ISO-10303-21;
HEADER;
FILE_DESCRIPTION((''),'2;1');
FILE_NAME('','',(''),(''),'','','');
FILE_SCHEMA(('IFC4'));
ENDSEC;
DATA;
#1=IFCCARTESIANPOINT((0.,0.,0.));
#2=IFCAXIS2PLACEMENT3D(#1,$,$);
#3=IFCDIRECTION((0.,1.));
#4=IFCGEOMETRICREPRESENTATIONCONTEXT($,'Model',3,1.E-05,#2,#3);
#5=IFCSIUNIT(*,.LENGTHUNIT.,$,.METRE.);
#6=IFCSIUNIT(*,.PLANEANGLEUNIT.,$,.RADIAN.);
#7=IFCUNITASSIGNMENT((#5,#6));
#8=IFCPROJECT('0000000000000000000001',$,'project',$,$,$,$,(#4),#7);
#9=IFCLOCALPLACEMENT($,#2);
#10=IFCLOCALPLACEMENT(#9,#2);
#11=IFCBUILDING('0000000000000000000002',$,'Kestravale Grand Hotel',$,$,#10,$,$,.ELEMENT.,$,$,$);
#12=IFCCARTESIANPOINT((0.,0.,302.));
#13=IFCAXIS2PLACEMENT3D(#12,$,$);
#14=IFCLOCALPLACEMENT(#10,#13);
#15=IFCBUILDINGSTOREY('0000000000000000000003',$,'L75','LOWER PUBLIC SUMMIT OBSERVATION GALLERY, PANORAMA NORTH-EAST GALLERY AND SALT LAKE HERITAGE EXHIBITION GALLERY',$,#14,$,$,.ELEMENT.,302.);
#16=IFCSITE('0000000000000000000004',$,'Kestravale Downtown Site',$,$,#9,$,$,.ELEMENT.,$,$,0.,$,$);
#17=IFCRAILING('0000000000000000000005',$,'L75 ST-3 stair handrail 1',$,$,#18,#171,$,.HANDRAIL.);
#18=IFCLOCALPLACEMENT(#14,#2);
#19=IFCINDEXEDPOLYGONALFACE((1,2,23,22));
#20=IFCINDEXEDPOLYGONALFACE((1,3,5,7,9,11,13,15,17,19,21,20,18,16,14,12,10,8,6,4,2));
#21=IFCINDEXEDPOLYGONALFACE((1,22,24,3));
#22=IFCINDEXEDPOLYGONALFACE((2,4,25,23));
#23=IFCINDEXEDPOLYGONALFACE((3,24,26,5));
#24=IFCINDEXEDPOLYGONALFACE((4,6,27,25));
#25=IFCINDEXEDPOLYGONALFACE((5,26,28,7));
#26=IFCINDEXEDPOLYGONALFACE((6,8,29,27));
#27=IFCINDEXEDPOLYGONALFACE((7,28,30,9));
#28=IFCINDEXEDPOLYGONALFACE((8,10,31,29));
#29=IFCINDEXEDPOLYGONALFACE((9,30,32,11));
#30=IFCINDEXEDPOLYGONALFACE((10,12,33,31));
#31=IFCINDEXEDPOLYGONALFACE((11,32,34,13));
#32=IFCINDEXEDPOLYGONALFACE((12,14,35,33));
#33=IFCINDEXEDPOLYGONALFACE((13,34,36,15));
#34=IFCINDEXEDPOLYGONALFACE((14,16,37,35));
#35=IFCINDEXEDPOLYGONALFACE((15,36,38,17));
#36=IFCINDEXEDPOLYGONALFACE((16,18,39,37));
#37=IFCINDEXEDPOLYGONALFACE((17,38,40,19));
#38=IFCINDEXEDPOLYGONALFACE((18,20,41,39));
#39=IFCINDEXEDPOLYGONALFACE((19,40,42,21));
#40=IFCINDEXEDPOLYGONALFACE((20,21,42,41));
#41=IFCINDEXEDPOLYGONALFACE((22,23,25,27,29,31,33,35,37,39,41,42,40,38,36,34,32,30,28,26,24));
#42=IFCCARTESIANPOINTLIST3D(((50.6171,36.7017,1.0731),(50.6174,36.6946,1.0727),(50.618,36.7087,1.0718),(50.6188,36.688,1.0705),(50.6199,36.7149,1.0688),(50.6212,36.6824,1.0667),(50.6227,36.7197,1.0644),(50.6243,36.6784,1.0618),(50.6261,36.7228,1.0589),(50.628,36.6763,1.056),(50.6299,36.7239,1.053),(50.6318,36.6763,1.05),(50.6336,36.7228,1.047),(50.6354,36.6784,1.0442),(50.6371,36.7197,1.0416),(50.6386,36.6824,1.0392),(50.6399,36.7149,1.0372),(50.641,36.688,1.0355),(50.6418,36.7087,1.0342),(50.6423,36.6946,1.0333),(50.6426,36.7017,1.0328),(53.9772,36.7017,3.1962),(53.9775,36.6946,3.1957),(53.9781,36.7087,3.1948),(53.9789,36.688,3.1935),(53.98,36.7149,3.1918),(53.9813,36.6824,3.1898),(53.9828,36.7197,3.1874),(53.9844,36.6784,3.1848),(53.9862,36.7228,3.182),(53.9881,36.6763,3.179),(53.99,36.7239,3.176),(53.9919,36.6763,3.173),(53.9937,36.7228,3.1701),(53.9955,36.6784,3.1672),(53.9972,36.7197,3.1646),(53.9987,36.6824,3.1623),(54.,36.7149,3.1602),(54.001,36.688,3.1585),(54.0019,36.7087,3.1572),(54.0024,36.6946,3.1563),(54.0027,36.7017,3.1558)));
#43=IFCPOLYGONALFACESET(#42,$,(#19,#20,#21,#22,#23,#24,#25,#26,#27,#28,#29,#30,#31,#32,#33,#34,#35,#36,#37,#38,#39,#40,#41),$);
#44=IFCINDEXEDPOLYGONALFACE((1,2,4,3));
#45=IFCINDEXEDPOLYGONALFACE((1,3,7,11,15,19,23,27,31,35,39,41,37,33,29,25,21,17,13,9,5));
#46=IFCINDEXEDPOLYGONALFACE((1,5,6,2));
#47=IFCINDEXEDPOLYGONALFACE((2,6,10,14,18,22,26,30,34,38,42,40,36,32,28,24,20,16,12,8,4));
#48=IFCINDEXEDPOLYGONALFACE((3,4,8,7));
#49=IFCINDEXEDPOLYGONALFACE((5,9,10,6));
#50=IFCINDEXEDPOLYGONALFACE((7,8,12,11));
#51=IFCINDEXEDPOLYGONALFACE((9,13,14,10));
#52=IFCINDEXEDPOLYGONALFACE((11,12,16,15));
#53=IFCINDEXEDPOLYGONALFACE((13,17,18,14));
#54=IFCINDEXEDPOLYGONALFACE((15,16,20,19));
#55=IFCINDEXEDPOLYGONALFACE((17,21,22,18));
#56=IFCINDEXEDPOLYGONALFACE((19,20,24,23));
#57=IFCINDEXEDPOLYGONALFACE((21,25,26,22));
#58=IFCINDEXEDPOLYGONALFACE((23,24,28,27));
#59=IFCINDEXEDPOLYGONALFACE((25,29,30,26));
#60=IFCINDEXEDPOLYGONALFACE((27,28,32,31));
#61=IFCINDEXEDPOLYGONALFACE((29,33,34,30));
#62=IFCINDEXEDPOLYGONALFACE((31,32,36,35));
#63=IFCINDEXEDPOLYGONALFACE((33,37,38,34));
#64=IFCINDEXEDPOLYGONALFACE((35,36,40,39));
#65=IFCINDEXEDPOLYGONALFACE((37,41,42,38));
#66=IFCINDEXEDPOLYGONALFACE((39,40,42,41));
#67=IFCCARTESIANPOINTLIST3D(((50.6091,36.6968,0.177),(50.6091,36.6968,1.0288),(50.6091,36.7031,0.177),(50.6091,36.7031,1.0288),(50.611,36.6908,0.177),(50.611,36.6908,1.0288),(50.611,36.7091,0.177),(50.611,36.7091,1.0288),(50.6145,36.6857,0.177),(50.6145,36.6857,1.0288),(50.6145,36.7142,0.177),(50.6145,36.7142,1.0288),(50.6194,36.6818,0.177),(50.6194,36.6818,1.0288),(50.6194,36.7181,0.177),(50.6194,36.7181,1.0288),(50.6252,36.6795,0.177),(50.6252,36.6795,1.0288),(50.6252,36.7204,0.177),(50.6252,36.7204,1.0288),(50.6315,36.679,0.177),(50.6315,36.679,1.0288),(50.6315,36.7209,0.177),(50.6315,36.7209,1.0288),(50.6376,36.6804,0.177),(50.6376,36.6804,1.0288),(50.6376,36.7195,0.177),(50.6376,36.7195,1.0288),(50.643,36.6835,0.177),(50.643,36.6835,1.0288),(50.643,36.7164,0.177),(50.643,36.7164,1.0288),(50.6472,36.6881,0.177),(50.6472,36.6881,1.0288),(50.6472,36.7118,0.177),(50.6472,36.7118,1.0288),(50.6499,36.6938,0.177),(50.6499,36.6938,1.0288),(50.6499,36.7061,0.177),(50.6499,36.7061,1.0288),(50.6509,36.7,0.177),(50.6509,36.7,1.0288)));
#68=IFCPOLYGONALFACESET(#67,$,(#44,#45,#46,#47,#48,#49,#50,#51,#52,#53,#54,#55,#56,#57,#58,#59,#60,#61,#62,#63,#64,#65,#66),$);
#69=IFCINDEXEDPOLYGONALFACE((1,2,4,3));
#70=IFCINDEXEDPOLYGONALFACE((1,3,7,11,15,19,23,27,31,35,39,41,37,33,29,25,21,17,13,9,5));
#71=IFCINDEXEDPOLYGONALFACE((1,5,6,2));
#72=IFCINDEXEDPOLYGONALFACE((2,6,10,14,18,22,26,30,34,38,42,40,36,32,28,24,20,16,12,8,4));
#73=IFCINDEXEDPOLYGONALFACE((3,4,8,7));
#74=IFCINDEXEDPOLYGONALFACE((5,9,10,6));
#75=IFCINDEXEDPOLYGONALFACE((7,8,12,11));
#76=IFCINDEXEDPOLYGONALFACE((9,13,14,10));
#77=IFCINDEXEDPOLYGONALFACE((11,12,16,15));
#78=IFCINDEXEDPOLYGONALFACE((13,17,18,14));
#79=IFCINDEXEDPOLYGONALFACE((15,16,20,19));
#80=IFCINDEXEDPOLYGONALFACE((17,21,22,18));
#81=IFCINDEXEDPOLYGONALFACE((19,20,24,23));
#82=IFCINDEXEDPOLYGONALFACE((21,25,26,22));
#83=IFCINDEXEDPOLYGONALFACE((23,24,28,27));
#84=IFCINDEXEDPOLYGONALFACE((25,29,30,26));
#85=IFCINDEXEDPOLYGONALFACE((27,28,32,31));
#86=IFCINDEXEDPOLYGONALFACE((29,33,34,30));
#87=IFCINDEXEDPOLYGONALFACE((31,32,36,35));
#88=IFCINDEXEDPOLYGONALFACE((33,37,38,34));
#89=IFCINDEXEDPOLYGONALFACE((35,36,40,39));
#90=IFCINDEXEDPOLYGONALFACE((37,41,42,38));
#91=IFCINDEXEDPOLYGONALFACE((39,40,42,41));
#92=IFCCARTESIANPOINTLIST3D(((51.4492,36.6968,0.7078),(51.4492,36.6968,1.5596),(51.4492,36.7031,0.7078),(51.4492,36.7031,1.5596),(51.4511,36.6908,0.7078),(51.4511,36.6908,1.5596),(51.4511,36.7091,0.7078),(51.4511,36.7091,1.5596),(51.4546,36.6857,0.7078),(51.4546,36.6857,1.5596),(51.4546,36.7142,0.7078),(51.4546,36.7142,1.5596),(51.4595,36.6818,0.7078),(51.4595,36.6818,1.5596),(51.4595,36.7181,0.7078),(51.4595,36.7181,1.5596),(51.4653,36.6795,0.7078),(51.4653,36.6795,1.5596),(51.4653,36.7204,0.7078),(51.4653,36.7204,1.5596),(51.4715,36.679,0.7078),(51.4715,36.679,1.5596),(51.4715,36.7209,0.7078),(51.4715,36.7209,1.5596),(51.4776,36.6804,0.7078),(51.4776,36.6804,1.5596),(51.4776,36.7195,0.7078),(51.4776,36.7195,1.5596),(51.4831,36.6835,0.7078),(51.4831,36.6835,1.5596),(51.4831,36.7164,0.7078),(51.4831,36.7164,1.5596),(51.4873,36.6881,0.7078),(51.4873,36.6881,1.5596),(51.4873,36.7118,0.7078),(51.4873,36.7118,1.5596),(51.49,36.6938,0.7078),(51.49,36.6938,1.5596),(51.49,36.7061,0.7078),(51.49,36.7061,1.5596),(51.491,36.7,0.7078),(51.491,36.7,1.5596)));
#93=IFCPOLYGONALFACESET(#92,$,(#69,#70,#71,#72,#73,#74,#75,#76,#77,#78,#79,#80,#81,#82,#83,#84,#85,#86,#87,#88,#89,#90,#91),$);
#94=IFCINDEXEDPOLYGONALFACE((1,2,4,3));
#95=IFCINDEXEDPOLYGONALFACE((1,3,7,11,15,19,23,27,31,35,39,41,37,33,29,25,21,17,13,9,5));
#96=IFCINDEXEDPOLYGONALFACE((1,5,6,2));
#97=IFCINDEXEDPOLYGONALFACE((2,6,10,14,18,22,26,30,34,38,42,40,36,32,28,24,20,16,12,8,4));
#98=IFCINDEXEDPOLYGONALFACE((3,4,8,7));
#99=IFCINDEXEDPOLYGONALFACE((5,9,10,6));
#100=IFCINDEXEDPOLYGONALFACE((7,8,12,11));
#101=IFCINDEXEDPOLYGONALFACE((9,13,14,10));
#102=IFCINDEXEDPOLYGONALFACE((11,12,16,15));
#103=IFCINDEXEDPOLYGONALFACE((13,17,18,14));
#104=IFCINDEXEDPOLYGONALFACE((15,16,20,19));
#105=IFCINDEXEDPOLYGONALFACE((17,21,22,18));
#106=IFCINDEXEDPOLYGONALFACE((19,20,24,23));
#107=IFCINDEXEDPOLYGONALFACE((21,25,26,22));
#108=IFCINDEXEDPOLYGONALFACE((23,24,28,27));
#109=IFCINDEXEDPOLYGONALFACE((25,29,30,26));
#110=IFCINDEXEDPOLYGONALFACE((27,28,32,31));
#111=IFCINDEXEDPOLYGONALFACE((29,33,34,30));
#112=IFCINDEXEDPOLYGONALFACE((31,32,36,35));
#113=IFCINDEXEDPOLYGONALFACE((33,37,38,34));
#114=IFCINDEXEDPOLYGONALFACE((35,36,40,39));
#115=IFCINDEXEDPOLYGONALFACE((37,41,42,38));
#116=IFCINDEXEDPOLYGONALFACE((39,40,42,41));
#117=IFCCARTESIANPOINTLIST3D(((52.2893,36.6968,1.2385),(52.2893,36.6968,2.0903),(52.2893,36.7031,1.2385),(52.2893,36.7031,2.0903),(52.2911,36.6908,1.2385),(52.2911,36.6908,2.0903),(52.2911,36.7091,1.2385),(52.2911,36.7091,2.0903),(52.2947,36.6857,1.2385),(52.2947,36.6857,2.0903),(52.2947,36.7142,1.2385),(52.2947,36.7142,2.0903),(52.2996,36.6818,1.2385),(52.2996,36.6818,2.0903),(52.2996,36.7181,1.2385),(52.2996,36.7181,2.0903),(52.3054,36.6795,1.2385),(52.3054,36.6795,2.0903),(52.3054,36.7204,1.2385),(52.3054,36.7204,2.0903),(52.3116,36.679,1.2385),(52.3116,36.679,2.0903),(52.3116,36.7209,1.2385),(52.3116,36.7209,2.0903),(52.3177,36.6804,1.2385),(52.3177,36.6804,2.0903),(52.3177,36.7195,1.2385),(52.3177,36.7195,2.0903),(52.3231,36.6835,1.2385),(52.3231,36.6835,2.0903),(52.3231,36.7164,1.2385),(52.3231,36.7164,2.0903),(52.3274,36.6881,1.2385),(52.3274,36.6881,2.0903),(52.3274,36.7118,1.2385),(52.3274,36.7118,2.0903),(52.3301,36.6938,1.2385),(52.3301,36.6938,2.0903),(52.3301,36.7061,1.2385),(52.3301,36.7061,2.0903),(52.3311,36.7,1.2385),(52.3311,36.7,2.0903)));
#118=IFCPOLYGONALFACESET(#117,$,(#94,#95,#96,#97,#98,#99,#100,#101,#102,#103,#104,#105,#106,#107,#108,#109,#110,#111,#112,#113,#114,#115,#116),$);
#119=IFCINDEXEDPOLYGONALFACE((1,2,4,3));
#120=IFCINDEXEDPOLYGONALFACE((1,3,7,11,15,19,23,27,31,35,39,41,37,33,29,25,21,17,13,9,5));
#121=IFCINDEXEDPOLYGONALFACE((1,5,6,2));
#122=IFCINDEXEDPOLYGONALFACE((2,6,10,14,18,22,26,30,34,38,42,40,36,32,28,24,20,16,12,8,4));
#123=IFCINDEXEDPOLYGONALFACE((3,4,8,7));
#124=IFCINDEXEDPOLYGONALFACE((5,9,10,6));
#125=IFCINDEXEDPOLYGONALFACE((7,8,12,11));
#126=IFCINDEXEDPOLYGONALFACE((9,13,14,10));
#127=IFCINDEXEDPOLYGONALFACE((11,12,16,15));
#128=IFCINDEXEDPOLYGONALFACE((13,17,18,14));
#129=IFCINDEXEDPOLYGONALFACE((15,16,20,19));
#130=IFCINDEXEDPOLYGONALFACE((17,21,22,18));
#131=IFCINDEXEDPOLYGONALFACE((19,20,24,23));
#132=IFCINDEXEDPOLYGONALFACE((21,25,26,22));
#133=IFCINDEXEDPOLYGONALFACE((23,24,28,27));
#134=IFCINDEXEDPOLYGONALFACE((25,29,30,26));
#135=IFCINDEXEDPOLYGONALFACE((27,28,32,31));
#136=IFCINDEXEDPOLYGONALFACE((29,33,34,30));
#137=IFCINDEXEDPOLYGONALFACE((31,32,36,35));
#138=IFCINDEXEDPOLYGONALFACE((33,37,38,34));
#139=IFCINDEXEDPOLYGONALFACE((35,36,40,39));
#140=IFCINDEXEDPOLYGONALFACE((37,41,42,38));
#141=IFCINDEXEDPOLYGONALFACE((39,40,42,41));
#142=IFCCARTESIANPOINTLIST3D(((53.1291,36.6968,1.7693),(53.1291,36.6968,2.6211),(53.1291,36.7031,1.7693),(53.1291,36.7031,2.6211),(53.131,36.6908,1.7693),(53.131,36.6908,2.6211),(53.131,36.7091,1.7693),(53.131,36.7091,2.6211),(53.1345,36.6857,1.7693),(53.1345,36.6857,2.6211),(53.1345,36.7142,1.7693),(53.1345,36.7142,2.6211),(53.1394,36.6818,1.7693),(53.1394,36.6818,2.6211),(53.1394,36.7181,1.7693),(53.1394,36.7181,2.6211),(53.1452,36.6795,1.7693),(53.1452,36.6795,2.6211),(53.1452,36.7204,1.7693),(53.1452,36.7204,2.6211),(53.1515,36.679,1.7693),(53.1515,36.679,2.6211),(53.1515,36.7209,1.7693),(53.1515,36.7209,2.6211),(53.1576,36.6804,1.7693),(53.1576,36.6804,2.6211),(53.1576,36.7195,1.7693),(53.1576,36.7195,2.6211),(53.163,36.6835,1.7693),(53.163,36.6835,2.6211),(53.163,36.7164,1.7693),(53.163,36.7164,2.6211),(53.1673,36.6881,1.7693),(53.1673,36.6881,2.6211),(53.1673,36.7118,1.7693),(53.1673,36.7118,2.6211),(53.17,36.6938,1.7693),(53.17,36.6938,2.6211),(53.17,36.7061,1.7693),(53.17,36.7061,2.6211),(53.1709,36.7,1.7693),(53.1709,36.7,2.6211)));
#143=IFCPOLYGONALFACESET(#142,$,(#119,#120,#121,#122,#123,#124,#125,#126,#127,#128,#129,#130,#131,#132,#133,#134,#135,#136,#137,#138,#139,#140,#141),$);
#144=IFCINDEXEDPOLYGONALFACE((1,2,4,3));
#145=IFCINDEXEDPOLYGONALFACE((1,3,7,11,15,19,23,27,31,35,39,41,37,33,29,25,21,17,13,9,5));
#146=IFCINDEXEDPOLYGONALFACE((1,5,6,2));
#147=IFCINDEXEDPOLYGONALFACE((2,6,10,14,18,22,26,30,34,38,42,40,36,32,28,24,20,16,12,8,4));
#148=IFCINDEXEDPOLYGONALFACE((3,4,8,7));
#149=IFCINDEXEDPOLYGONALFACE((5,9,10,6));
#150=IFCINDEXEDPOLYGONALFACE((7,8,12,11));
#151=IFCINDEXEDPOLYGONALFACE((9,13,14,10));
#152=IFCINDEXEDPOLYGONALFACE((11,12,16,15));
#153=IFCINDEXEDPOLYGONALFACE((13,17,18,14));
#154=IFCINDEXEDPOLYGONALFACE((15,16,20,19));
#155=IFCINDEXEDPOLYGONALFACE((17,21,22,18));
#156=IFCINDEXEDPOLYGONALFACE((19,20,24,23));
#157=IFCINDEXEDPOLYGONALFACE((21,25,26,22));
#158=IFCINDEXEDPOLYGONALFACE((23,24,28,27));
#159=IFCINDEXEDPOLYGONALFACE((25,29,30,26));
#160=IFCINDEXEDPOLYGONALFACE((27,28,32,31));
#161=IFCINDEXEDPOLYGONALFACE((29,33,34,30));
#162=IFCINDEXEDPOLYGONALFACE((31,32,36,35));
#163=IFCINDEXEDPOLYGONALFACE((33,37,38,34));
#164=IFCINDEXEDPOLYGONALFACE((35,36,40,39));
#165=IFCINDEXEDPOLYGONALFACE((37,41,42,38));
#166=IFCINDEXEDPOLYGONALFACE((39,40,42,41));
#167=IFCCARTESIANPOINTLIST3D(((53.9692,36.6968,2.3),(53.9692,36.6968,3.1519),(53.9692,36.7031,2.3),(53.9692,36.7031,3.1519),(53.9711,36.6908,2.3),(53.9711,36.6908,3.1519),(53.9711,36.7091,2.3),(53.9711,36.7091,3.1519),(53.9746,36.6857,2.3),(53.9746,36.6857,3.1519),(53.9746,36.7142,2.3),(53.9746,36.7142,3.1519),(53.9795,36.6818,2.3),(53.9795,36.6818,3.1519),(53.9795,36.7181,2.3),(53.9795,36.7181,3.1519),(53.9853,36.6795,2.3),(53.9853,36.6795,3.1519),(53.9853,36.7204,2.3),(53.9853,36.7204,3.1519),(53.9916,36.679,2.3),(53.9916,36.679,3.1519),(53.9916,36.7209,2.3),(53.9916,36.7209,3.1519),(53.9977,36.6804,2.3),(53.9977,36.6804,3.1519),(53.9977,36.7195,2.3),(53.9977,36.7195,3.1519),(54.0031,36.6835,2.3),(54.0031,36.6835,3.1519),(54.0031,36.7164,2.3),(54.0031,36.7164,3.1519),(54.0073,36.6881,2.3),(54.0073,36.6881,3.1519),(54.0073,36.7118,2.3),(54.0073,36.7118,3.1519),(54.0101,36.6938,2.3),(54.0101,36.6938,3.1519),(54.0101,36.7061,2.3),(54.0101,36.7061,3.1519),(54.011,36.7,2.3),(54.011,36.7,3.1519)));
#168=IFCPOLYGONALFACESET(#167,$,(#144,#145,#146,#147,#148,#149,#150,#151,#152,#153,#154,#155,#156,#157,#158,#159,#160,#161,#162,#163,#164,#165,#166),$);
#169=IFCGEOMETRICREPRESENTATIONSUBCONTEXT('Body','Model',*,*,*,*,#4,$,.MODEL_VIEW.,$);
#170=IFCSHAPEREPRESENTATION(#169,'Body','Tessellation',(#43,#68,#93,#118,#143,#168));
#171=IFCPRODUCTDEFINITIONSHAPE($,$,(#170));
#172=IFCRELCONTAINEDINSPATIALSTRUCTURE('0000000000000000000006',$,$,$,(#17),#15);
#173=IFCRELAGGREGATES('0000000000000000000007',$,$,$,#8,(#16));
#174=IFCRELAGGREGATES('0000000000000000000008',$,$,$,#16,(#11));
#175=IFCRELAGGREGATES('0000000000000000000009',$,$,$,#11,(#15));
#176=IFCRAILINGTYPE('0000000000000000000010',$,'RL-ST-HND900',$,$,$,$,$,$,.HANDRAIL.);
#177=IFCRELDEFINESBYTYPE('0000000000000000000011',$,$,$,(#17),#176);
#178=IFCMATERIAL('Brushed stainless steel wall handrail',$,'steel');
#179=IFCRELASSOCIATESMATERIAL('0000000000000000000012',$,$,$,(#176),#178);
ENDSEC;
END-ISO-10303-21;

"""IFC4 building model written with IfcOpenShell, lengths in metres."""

from ifc_helpers import new_model, si_unit, direction, frame, origin, origin_2d, place, context, subcontext, project, spatial, circle, extrude, material, type_object, element, save


model = new_model("IFC4")

# Units and contexts
model_context = context("Model", 3, precision=1e-05, world=origin(), true_north=direction((0.0, 1.0)))
body_context = subcontext(model_context, "Body", "Model", "MODEL_VIEW")
ifc_project = project(units=[si_unit("LENGTHUNIT", "METRE"), si_unit("PLANEANGLEUNIT", "RADIAN")], contexts=[model_context])

# Site, building, storey
site_placement = place(None, origin())
site = spatial("IfcSite", under=ifc_project, at=site_placement, Name="Kestravale Downtown Site", CompositionType="ELEMENT", RefElevation=0.0)
building_placement = place(site_placement, origin())
building = spatial("IfcBuilding", under=site, at=building_placement, Name="Kestravale Grand Hotel", CompositionType="ELEMENT")
storey_placement = place(building_placement, frame((0.0, 0.0, 302.0)))
storey = spatial("IfcBuildingStorey", under=building, at=storey_placement, Name="L75", Description="LOWER PUBLIC SUMMIT OBSERVATION GALLERY, PANORAMA NORTH-EAST GALLERY AND SALT LAKE HERITAGE EXHIBITION GALLERY", CompositionType="ELEMENT", Elevation=302.0)

# Railing
ifc_material_1 = material(Name="Brushed stainless steel wall handrail", Category="steel")
railing_type_1 = type_object("IfcRailingType", Name="RL-ST-HND900", PredefinedType="HANDRAIL", material=ifc_material_1)
railing_1_placement = place(storey_placement, frame((50.6299, 36.7, 0.177)))
element("IfcRailing", 1, at=railing_1_placement, inside=storey, type_object=railing_type_1, Name="L75 ST-3 stair handrail 1", PredefinedType="HANDRAIL", context=body_context, shape_type="SweptSolid", body=[
    extrude(circle(Radius=0.0239, at=origin_2d()), frame((0.0, 0.0, 0.876), z_axis=(0.84539, 0.0, 0.53415), x_axis=(0.0, 1.0, 0.0)), (0.0, 0.0, 1.0), 3.9746),
    extrude(circle(Radius=0.021, at=origin_2d()), origin(), (0.0, 0.0, 1.0), 0.8518),
    extrude(circle(Radius=0.021, at=origin_2d()), frame((0.8401, 0.0, 0.5308)), (0.0, 0.0, 1.0), 0.8518),
    extrude(circle(Radius=0.021, at=origin_2d()), frame((1.6802, 0.0, 1.0615)), (0.0, 0.0, 1.0), 0.8518),
    extrude(circle(Radius=0.021, at=origin_2d()), frame((2.52, 0.0, 1.5923)), (0.0, 0.0, 1.0), 0.8518),
    extrude(circle(Radius=0.021, at=origin_2d()), frame((3.3601, 0.0, 2.123)), (0.0, 0.0, 1.0), 0.8518),
])

save(model, "model.ifc")
